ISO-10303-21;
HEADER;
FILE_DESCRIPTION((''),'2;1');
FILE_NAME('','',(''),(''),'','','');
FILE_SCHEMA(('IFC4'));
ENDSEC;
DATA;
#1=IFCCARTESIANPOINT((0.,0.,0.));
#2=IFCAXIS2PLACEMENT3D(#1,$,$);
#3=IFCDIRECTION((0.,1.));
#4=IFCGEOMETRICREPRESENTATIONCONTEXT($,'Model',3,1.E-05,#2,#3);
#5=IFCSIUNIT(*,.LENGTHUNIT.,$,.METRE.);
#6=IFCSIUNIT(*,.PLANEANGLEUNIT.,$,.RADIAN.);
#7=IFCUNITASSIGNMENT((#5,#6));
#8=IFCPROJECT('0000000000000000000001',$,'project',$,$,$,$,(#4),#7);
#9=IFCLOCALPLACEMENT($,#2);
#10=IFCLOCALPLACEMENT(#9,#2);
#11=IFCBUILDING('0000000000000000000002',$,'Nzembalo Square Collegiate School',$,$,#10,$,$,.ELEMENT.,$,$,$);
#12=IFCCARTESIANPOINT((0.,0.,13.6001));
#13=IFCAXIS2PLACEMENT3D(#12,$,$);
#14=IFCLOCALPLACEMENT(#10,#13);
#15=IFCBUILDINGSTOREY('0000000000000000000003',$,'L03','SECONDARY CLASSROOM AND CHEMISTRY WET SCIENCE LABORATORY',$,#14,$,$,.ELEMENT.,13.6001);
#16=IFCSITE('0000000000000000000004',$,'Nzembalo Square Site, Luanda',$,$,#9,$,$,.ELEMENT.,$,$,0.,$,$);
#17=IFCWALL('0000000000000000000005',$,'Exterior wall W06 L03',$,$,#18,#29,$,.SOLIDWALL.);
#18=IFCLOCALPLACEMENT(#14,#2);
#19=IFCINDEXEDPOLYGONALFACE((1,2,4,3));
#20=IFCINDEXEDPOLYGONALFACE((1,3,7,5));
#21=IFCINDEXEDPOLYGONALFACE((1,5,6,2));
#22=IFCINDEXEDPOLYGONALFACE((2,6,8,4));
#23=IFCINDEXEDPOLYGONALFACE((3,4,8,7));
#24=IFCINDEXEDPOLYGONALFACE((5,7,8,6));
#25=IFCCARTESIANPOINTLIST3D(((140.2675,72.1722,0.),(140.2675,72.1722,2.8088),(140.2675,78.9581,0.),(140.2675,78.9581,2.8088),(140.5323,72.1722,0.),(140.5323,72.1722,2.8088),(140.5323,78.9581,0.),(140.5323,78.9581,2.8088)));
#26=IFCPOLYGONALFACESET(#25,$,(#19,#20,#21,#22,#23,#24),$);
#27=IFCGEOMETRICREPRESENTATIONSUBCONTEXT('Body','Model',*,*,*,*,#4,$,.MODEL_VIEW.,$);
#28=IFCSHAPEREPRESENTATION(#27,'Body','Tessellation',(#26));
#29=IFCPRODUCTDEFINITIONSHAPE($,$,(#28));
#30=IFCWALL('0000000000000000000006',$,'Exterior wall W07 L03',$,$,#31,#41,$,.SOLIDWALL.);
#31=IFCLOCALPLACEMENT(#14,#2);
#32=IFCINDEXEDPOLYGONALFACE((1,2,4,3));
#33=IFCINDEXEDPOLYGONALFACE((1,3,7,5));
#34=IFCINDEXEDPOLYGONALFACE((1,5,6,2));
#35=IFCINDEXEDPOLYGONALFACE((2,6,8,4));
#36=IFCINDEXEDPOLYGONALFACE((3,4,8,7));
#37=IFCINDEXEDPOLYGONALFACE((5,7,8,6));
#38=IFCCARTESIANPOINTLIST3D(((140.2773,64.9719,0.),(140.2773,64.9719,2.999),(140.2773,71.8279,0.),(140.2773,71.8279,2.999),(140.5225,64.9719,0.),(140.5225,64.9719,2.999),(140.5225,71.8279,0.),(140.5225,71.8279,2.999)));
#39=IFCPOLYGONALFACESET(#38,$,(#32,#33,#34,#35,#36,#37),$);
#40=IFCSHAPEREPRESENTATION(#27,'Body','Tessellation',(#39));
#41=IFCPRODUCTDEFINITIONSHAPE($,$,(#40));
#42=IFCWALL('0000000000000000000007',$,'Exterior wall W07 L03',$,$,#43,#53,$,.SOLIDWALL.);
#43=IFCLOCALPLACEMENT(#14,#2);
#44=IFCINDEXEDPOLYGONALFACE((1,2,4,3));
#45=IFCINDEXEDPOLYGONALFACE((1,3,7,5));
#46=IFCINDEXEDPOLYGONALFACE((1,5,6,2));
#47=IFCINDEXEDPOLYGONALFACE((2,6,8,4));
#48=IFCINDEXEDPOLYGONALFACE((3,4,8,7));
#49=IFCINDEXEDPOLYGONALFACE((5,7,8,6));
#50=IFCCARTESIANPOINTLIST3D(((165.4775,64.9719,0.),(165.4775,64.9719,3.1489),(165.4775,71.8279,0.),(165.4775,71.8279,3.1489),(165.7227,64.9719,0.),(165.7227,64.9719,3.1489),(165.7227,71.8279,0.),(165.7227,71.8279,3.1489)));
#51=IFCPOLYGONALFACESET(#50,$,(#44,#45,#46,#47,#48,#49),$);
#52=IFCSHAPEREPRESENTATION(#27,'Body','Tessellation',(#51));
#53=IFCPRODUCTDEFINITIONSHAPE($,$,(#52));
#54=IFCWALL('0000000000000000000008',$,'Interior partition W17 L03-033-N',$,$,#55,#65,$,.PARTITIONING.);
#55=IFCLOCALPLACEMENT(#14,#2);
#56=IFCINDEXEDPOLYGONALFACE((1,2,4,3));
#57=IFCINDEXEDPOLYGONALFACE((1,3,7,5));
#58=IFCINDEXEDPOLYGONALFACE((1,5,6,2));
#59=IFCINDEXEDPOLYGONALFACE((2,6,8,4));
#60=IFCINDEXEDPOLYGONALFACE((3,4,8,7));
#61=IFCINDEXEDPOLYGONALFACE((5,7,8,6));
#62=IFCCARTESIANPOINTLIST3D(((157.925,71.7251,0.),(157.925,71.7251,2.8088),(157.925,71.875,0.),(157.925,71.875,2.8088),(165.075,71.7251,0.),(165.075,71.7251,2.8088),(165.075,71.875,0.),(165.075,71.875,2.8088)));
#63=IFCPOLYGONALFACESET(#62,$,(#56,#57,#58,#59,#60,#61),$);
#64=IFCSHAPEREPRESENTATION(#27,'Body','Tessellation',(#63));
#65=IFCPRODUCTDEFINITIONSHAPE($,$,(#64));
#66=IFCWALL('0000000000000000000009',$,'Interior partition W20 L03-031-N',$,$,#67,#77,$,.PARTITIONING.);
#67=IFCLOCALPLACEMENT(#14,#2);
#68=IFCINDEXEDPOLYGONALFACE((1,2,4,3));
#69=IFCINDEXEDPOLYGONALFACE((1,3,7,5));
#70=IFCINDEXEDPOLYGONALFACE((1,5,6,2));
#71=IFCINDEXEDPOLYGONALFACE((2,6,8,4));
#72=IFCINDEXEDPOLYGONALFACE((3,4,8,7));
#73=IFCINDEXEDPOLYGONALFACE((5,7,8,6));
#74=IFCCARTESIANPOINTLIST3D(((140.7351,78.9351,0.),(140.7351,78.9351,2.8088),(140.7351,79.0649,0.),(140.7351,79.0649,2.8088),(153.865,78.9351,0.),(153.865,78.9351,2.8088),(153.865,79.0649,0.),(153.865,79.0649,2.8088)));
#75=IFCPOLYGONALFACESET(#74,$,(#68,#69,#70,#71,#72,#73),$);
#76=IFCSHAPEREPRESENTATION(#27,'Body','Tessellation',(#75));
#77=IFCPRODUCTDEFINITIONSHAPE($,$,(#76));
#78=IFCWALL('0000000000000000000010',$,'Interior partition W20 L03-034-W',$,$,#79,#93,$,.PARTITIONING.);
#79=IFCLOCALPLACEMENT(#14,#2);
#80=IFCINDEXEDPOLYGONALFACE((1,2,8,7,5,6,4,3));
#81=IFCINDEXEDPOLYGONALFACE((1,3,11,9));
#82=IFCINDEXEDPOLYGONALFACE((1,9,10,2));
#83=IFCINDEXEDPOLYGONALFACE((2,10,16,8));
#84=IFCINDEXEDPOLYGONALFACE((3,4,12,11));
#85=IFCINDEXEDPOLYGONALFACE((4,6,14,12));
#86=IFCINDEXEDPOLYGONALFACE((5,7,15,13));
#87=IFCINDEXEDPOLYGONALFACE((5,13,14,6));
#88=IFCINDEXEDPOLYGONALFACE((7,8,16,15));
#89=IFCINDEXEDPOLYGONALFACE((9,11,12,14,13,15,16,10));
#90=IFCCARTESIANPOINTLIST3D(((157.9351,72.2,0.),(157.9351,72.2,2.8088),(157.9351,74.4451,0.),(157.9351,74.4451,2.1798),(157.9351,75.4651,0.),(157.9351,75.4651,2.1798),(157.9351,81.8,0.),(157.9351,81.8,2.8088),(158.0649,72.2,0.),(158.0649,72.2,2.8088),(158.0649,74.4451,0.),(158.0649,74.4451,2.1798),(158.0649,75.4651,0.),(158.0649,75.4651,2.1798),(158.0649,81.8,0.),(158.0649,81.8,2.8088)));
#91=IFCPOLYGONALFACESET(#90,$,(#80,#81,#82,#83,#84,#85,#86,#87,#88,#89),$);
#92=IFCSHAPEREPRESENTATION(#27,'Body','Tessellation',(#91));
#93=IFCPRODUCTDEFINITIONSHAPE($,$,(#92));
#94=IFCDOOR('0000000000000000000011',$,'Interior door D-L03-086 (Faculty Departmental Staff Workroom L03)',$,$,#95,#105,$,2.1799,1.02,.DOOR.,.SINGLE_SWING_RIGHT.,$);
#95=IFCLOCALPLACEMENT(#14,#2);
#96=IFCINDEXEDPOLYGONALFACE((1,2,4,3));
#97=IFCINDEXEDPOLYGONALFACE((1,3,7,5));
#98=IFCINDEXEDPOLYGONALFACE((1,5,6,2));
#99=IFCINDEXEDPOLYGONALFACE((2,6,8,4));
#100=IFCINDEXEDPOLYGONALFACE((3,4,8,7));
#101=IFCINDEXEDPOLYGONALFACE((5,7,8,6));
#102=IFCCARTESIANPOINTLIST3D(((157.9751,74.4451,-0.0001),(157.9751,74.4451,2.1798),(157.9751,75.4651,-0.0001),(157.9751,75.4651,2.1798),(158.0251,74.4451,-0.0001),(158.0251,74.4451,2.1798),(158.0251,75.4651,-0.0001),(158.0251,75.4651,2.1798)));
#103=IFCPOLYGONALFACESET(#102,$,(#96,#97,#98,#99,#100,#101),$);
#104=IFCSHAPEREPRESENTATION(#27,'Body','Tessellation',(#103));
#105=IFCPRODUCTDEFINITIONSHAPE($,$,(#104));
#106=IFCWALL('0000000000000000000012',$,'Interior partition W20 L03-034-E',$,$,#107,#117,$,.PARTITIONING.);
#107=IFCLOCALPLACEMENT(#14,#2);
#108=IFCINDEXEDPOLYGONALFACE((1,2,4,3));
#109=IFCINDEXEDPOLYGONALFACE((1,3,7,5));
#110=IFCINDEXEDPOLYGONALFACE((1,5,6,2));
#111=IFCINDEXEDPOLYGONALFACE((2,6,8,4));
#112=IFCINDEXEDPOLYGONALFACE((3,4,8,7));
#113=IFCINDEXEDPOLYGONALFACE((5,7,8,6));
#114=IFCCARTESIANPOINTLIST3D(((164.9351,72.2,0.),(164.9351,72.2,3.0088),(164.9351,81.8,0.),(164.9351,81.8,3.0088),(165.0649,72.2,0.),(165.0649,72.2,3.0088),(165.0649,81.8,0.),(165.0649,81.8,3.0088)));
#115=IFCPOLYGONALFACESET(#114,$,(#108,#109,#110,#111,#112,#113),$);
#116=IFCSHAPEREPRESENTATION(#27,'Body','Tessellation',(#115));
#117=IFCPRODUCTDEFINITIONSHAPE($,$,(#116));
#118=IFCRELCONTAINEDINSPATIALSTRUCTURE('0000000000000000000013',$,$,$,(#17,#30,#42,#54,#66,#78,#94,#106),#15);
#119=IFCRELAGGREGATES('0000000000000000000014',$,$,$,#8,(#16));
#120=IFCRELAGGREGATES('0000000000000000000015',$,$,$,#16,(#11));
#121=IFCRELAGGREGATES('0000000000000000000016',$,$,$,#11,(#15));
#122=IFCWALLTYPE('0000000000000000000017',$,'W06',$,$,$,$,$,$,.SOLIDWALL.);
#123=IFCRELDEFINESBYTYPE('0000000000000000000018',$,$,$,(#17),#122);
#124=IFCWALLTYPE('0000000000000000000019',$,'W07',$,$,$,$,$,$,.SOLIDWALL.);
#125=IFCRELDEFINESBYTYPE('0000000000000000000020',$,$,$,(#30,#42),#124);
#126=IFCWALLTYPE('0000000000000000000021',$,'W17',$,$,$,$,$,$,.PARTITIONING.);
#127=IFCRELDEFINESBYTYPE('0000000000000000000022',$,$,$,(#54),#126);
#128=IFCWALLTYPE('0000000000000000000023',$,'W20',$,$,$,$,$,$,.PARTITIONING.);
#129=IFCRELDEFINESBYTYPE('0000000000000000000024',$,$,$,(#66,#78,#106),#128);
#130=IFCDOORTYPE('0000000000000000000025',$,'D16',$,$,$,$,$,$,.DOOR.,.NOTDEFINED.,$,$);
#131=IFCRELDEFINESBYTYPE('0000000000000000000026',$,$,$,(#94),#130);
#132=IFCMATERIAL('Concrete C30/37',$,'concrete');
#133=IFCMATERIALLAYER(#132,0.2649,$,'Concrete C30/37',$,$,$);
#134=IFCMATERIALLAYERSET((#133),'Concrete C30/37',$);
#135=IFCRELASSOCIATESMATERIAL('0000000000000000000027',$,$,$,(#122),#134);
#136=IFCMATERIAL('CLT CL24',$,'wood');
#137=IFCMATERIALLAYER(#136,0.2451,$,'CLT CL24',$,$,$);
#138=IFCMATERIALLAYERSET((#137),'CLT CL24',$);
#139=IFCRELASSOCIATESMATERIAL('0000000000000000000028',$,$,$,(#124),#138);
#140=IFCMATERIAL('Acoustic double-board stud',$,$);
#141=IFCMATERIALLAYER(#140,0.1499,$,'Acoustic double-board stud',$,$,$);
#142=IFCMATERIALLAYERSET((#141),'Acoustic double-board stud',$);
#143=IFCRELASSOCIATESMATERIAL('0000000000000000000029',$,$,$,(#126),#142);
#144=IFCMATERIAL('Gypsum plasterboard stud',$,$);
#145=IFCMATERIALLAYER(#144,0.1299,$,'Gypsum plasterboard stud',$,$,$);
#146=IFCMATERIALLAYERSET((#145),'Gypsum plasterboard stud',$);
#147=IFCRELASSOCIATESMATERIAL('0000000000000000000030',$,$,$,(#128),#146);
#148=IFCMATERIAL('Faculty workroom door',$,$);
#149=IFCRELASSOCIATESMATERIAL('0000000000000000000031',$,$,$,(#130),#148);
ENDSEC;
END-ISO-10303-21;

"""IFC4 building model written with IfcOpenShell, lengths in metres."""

from ifc_helpers import new_model, si_unit, direction, frame, frame_2d, origin, place, context, subcontext, project, spatial, rectangle, extrude, material, layer, layer_set, type_object, element, fill, save


model = new_model("IFC4")

# Units and contexts
model_context = context("Model", 3, precision=1e-05, world=origin(), true_north=direction((0.0, 1.0)))
body_context = subcontext(model_context, "Body", "Model", "MODEL_VIEW")
ifc_project = project(units=[si_unit("LENGTHUNIT", "METRE"), si_unit("PLANEANGLEUNIT", "RADIAN")], contexts=[model_context])

# Site, building, storey
site_placement = place(None, origin())
site = spatial("IfcSite", under=ifc_project, at=site_placement, Name="Nzembalo Square Site, Luanda", CompositionType="ELEMENT", RefElevation=0.0)
building_placement = place(site_placement, origin())
building = spatial("IfcBuilding", under=site, at=building_placement, Name="Nzembalo Square Collegiate School", CompositionType="ELEMENT")
storey_placement = place(building_placement, frame((0.0, 0.0, 13.6001)))
storey = spatial("IfcBuildingStorey", under=building, at=storey_placement, Name="L03", Description="SECONDARY CLASSROOM AND CHEMISTRY WET SCIENCE LABORATORY", CompositionType="ELEMENT", Elevation=13.6001)

# Walls
ifc_material_1 = material(Name="Concrete C30/37", Category="concrete")
ifc_layer_1 = layer(ifc_material_1, 0.2649, Name="Concrete C30/37")
ifc_layer_set_1 = layer_set([ifc_layer_1], Name="Concrete C30/37")
wall_type_1 = type_object("IfcWallType", Name="W06", PredefinedType="SOLIDWALL", material=ifc_layer_set_1)
wall_1_placement = place(storey_placement, frame((140.3999, 72.1721, 0.0), z_axis=(0.0, 0.0, 1.0), x_axis=(0.0, 1.0, 0.0)))
element("IfcWall", 1, at=wall_1_placement, inside=storey, type_object=wall_type_1, Name="Exterior wall W06 L03", PredefinedType="SOLIDWALL", context=body_context, shape_type="SweptSolid", body=[
    extrude(rectangle(XDim=6.7859, YDim=0.2649, at=frame_2d((3.3931, 0.0))), origin(), (0.0, 0.0, 1.0), 2.8088),
])
ifc_material_2 = material(Name="CLT CL24", Category="wood")
ifc_layer_2 = layer(ifc_material_2, 0.2451, Name="CLT CL24")
ifc_layer_set_2 = layer_set([ifc_layer_2], Name="CLT CL24")
wall_type_2 = type_object("IfcWallType", Name="W07", PredefinedType="SOLIDWALL", material=ifc_layer_set_2)
wall_2_placement = place(storey_placement, frame((140.3999, 64.9719, 0.0), z_axis=(0.0, 0.0, 1.0), x_axis=(0.0, 1.0, 0.0)))
element("IfcWall", 2, at=wall_2_placement, inside=storey, type_object=wall_type_2, Name="Exterior wall W07 L03", PredefinedType="SOLIDWALL", context=body_context, shape_type="SweptSolid", body=[
    extrude(rectangle(XDim=6.856, YDim=0.2451, at=frame_2d((3.428, 0.0))), origin(), (0.0, 0.0, 1.0), 2.999),
])
wall_3_placement = place(storey_placement, frame((165.6001, 64.9719, 0.0), z_axis=(0.0, 0.0, 1.0), x_axis=(0.0, 1.0, 0.0)))
element("IfcWall", 3, at=wall_3_placement, inside=storey, type_object=wall_type_2, Name="Exterior wall W07 L03", PredefinedType="SOLIDWALL", context=body_context, shape_type="SweptSolid", body=[
    extrude(rectangle(XDim=6.856, YDim=0.2451, at=frame_2d((3.428, 0.0))), origin(), (0.0, 0.0, 1.0), 3.1489),
])
ifc_material_3 = material(Name="Acoustic double-board stud")
ifc_layer_3 = layer(ifc_material_3, 0.1499, Name="Acoustic double-board stud")
ifc_layer_set_3 = layer_set([ifc_layer_3], Name="Acoustic double-board stud")
wall_type_3 = type_object("IfcWallType", Name="W17", PredefinedType="PARTITIONING", material=ifc_layer_set_3)
wall_4_placement = place(storey_placement, frame((157.925, 71.8, 0.0), z_axis=(0.0, 0.0, 1.0), x_axis=(1.0, 0.0, 0.0)))
element("IfcWall", 4, at=wall_4_placement, inside=storey, type_object=wall_type_3, Name="Interior partition W17 L03-033-N", PredefinedType="PARTITIONING", context=body_context, shape_type="SweptSolid", body=[
    extrude(rectangle(XDim=7.1499, YDim=0.1499, at=frame_2d((3.575, 0.0))), origin(), (0.0, 0.0, 1.0), 2.8088),
])
ifc_material_4 = material(Name="Gypsum plasterboard stud")
ifc_layer_4 = layer(ifc_material_4, 0.1299, Name="Gypsum plasterboard stud")
ifc_layer_set_4 = layer_set([ifc_layer_4], Name="Gypsum plasterboard stud")
wall_type_4 = type_object("IfcWallType", Name="W20", PredefinedType="PARTITIONING", material=ifc_layer_set_4)
wall_5_placement = place(storey_placement, frame((140.7351, 79.0, 0.0), z_axis=(0.0, 0.0, 1.0), x_axis=(1.0, 0.0, 0.0)))
element("IfcWall", 5, at=wall_5_placement, inside=storey, type_object=wall_type_4, Name="Interior partition W20 L03-031-N", PredefinedType="PARTITIONING", context=body_context, shape_type="SweptSolid", body=[
    extrude(rectangle(XDim=13.1299, YDim=0.1299, at=frame_2d((6.5649, 0.0))), origin(), (0.0, 0.0, 1.0), 2.8088),
])

# Wall, opening, door
wall_6_placement = place(storey_placement, frame((158.0, 72.2, 0.0), z_axis=(0.0, 0.0, 1.0), x_axis=(0.0, 1.0, 0.0)))
wall_6 = element("IfcWall", 6, at=wall_6_placement, inside=storey, type_object=wall_type_4, Name="Interior partition W20 L03-034-W", PredefinedType="PARTITIONING", context=body_context, shape_type="SweptSolid", body=[
    extrude(rectangle(XDim=9.6001, YDim=0.1299, at=frame_2d((4.8, 0.0))), origin(), (0.0, 0.0, 1.0), 2.8088),
])
opening_placement = place(wall_6_placement, frame((2.2451, 0.0, 0.0)))
opening = element("IfcOpeningElement", 7, at=opening_placement, cuts=wall_6, PredefinedType="OPENING", context=body_context, shape_type="SweptSolid", body=[
    extrude(rectangle(XDim=1.02, YDim=2.1799, at=frame_2d((0.51, 1.0898))), frame((0.0, 0.075, 0.0), z_axis=(0.0, -1.0, 0.0), x_axis=(1.0, 0.0, 0.0)), (0.0, 0.0, 1.0), 0.1499),
])
ifc_material_5 = material(Name="Faculty workroom door")
door_type = type_object("IfcDoorType", Name="D16", OperationType="NOTDEFINED", PredefinedType="DOOR", material=ifc_material_5)
door_placement = place(opening_placement, origin())
door = element("IfcDoor", 8, at=door_placement, inside=storey, type_object=door_type, Name="Interior door D-L03-086 (Faculty Departmental Staff Workroom L03)", OperationType="SINGLE_SWING_RIGHT", OverallHeight=2.1799, OverallWidth=1.02, PredefinedType="DOOR", context=body_context, shape_type="SweptSolid", body=[
    extrude(rectangle(XDim=1.02, YDim=2.1799, at=frame_2d((0.51, 1.0898))), frame((0.0, 0.0249, 0.0), z_axis=(0.0, -1.0, 0.0), x_axis=(1.0, 0.0, 0.0)), (0.0, 0.0, 1.0), 0.05),
])
fill(opening, door)

# Wall
wall_7_placement = place(storey_placement, frame((165.0, 72.2, 0.0), z_axis=(0.0, 0.0, 1.0), x_axis=(0.0, 1.0, 0.0)))
element("IfcWall", 9, at=wall_7_placement, inside=storey, type_object=wall_type_4, Name="Interior partition W20 L03-034-E", PredefinedType="PARTITIONING", context=body_context, shape_type="SweptSolid", body=[
    extrude(rectangle(XDim=9.6001, YDim=0.1299, at=frame_2d((4.8, 0.0))), origin(), (0.0, 0.0, 1.0), 3.0088),
])

save(model, "model.ifc")
